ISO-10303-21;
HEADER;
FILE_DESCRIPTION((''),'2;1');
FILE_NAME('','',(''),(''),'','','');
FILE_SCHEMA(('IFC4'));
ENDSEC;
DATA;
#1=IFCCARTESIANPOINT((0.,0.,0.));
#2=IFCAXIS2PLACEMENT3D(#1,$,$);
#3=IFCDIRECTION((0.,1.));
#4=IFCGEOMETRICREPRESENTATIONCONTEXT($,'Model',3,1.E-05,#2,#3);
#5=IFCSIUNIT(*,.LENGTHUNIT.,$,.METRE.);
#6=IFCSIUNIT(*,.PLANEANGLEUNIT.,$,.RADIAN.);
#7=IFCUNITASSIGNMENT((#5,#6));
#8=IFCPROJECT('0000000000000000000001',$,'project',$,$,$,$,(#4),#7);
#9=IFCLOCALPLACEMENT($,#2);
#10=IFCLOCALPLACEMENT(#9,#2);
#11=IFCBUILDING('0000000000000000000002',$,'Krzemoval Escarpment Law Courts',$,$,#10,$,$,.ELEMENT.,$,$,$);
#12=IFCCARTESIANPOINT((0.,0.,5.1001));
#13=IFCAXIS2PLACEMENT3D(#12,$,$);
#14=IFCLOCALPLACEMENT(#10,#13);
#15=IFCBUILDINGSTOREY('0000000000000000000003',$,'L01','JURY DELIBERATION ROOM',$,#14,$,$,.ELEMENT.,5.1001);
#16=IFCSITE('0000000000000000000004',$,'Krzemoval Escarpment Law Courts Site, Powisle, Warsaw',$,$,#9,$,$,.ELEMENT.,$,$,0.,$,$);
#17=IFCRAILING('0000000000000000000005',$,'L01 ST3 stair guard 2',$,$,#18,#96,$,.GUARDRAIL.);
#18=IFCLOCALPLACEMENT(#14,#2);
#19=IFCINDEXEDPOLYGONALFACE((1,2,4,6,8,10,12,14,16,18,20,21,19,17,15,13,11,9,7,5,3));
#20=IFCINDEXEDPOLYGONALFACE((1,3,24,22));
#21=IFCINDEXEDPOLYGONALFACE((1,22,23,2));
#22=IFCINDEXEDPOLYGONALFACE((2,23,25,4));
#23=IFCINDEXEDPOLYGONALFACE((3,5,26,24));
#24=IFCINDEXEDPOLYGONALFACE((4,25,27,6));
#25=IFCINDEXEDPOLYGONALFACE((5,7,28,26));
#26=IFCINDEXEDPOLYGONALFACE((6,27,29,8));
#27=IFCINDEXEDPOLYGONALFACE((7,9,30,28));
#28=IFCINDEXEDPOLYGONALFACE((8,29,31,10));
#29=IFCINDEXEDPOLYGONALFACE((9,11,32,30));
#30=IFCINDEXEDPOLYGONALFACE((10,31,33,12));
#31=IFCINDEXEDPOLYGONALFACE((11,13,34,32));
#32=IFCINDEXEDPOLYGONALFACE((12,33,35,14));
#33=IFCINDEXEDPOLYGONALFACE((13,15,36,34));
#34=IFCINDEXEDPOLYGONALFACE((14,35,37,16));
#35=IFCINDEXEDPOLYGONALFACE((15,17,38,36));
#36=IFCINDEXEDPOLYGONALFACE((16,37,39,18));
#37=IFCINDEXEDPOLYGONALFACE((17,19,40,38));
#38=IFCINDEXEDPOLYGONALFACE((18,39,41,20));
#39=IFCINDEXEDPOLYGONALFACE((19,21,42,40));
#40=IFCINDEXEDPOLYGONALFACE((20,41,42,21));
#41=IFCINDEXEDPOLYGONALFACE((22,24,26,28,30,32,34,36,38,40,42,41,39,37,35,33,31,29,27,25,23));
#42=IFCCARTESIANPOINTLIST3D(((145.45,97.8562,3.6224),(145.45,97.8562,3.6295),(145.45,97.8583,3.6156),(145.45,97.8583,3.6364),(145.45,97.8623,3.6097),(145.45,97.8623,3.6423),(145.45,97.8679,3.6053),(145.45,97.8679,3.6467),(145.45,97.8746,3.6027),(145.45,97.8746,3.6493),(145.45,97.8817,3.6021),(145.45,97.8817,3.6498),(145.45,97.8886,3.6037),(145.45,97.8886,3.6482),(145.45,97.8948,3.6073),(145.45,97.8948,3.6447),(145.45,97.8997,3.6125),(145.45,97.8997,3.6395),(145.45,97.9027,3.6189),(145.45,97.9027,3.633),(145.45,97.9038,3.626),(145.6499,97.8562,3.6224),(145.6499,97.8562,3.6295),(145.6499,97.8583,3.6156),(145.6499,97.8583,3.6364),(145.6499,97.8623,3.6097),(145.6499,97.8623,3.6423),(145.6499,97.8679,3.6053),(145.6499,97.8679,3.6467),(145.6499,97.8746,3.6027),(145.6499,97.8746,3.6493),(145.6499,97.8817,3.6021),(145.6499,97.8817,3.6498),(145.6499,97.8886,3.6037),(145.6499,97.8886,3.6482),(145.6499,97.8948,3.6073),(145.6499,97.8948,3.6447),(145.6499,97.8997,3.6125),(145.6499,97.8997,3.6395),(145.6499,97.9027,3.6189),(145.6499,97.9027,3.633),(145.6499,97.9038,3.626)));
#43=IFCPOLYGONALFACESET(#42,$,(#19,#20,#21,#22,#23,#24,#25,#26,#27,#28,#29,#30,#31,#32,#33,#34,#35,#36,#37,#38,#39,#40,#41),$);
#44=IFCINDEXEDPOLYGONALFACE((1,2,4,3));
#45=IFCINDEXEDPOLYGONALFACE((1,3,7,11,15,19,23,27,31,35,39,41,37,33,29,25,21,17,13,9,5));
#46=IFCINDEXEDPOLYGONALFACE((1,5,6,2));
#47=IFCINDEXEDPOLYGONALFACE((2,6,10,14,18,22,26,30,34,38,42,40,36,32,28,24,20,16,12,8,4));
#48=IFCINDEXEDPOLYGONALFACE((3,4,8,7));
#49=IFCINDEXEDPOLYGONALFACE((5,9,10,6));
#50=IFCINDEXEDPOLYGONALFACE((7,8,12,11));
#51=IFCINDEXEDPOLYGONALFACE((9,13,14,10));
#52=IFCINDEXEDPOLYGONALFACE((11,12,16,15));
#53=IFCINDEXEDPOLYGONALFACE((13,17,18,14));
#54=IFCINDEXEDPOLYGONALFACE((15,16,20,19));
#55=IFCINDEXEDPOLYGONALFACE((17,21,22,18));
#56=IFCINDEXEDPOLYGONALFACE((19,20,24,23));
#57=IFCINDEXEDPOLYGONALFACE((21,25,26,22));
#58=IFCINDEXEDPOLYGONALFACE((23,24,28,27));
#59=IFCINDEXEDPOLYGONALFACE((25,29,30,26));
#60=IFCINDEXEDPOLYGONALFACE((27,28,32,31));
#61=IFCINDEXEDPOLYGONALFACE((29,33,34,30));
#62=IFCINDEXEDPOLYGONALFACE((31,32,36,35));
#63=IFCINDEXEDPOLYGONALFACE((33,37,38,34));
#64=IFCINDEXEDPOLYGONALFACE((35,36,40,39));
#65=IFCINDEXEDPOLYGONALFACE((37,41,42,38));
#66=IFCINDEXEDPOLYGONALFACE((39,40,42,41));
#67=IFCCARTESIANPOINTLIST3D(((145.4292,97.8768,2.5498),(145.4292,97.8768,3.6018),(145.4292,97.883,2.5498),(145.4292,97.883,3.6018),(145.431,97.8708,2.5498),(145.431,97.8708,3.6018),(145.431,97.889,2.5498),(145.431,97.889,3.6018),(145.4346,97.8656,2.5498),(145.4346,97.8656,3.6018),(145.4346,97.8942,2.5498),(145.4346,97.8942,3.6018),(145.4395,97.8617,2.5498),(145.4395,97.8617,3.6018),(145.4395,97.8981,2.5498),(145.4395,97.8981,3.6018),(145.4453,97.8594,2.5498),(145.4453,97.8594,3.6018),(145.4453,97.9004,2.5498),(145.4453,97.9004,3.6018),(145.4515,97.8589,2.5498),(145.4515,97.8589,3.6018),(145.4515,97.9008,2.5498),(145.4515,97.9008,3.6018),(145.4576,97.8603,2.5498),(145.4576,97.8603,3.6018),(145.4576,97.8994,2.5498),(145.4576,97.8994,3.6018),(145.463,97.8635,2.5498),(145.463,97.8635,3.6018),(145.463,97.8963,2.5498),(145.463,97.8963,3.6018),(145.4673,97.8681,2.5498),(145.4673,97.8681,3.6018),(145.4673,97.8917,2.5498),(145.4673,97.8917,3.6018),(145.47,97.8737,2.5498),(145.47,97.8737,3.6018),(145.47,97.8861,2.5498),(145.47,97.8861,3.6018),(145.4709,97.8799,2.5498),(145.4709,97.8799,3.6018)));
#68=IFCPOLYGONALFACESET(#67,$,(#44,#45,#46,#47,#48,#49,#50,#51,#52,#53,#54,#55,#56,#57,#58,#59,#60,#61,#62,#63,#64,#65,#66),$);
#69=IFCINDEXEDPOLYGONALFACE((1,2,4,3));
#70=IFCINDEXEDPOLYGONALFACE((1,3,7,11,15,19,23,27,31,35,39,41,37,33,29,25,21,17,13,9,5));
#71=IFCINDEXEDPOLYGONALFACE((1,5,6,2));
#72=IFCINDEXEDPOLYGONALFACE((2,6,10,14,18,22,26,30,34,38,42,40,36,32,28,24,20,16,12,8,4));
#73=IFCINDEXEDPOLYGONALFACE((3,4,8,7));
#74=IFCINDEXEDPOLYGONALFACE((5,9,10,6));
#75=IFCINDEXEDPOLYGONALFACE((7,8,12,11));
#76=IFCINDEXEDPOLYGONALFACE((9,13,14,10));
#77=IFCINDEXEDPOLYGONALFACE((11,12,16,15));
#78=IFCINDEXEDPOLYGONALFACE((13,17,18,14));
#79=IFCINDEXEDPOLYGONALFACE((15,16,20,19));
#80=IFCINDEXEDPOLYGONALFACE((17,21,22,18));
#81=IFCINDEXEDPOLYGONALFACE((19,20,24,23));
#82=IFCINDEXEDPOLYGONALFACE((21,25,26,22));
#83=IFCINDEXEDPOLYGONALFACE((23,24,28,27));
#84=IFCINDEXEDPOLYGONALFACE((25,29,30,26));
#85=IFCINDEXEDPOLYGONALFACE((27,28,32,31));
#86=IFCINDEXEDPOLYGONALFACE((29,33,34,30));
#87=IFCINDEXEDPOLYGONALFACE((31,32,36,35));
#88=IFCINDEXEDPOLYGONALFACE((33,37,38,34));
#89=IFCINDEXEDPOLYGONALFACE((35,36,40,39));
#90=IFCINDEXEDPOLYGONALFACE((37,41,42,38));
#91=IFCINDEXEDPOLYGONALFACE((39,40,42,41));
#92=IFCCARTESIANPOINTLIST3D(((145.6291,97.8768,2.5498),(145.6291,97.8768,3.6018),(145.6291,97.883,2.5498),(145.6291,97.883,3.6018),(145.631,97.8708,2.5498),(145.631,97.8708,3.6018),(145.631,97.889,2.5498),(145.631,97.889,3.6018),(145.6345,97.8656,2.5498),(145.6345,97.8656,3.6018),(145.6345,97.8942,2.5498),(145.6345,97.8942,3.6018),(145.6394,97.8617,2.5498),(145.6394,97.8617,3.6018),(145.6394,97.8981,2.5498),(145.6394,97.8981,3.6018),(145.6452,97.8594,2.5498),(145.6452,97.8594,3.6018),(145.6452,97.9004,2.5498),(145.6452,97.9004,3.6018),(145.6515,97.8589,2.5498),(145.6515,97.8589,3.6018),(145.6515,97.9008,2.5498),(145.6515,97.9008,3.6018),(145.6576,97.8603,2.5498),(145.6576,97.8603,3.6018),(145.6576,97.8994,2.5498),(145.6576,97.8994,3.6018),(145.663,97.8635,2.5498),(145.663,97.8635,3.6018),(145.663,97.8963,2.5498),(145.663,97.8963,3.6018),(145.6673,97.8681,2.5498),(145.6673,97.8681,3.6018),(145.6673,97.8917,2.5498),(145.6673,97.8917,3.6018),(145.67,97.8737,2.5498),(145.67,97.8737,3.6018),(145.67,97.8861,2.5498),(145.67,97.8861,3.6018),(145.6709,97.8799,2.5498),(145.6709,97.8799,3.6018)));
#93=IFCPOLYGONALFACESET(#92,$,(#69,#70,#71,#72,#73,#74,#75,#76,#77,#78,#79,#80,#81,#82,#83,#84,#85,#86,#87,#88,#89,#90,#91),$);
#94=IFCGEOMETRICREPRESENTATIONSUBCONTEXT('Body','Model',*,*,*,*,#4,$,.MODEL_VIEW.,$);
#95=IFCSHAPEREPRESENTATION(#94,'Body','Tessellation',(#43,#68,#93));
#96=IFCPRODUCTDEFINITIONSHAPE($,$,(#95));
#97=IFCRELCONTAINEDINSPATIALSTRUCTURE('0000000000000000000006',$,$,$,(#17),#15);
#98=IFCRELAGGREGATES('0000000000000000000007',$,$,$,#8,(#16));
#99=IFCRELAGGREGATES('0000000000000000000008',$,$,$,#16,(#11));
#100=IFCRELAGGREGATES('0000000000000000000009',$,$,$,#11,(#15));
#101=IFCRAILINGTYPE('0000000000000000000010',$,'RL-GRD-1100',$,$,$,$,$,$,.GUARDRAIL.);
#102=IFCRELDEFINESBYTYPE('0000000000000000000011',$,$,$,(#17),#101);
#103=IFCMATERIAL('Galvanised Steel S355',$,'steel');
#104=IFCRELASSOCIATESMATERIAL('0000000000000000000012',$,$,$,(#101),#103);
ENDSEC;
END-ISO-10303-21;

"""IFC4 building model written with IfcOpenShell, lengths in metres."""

from ifc_helpers import new_model, si_unit, direction, frame, origin, origin_2d, place, context, subcontext, project, spatial, circle, extrude, material, type_object, element, save


model = new_model("IFC4")

# Units and contexts
model_context = context("Model", 3, precision=1e-05, world=origin(), true_north=direction((0.0, 1.0)))
body_context = subcontext(model_context, "Body", "Model", "MODEL_VIEW")
ifc_project = project(units=[si_unit("LENGTHUNIT", "METRE"), si_unit("PLANEANGLEUNIT", "RADIAN")], contexts=[model_context])

# Site, building, storey
site_placement = place(None, origin())
site = spatial("IfcSite", under=ifc_project, at=site_placement, Name="Krzemoval Escarpment Law Courts Site, Powisle, Warsaw", CompositionType="ELEMENT", RefElevation=0.0)
building_placement = place(site_placement, origin())
building = spatial("IfcBuilding", under=site, at=building_placement, Name="Krzemoval Escarpment Law Courts", CompositionType="ELEMENT")
storey_placement = place(building_placement, frame((0.0, 0.0, 5.1001)))
storey = spatial("IfcBuildingStorey", under=building, at=storey_placement, Name="L01", Description="JURY DELIBERATION ROOM", CompositionType="ELEMENT", Elevation=5.1001)

# Railing
ifc_material_1 = material(Name="Galvanised Steel S355", Category="steel")
railing_type_1 = type_object("IfcRailingType", Name="RL-GRD-1100", PredefinedType="GUARDRAIL", material=ifc_material_1)
railing_1_placement = place(storey_placement, frame((145.45, 97.8799, 2.5498)))
element("IfcRailing", 1, at=railing_1_placement, inside=storey, type_object=railing_type_1, Name="L01 ST3 stair guard 2", PredefinedType="GUARDRAIL", context=body_context, shape_type="SweptSolid", body=[
    extrude(circle(Radius=0.0239, at=origin_2d()), frame((0.0, 0.0, 1.0762), z_axis=(1.0, 0.0, 0.0), x_axis=(0.0, 1.0, 0.0)), (0.0, 0.0, 1.0), 0.2),
    extrude(circle(Radius=0.021, at=origin_2d()), origin(), (0.0, 0.0, 1.0), 1.052),
    extrude(circle(Radius=0.021, at=origin_2d()), frame((0.2, 0.0, 0.0)), (0.0, 0.0, 1.0), 1.052),
])

save(model, "model.ifc")
